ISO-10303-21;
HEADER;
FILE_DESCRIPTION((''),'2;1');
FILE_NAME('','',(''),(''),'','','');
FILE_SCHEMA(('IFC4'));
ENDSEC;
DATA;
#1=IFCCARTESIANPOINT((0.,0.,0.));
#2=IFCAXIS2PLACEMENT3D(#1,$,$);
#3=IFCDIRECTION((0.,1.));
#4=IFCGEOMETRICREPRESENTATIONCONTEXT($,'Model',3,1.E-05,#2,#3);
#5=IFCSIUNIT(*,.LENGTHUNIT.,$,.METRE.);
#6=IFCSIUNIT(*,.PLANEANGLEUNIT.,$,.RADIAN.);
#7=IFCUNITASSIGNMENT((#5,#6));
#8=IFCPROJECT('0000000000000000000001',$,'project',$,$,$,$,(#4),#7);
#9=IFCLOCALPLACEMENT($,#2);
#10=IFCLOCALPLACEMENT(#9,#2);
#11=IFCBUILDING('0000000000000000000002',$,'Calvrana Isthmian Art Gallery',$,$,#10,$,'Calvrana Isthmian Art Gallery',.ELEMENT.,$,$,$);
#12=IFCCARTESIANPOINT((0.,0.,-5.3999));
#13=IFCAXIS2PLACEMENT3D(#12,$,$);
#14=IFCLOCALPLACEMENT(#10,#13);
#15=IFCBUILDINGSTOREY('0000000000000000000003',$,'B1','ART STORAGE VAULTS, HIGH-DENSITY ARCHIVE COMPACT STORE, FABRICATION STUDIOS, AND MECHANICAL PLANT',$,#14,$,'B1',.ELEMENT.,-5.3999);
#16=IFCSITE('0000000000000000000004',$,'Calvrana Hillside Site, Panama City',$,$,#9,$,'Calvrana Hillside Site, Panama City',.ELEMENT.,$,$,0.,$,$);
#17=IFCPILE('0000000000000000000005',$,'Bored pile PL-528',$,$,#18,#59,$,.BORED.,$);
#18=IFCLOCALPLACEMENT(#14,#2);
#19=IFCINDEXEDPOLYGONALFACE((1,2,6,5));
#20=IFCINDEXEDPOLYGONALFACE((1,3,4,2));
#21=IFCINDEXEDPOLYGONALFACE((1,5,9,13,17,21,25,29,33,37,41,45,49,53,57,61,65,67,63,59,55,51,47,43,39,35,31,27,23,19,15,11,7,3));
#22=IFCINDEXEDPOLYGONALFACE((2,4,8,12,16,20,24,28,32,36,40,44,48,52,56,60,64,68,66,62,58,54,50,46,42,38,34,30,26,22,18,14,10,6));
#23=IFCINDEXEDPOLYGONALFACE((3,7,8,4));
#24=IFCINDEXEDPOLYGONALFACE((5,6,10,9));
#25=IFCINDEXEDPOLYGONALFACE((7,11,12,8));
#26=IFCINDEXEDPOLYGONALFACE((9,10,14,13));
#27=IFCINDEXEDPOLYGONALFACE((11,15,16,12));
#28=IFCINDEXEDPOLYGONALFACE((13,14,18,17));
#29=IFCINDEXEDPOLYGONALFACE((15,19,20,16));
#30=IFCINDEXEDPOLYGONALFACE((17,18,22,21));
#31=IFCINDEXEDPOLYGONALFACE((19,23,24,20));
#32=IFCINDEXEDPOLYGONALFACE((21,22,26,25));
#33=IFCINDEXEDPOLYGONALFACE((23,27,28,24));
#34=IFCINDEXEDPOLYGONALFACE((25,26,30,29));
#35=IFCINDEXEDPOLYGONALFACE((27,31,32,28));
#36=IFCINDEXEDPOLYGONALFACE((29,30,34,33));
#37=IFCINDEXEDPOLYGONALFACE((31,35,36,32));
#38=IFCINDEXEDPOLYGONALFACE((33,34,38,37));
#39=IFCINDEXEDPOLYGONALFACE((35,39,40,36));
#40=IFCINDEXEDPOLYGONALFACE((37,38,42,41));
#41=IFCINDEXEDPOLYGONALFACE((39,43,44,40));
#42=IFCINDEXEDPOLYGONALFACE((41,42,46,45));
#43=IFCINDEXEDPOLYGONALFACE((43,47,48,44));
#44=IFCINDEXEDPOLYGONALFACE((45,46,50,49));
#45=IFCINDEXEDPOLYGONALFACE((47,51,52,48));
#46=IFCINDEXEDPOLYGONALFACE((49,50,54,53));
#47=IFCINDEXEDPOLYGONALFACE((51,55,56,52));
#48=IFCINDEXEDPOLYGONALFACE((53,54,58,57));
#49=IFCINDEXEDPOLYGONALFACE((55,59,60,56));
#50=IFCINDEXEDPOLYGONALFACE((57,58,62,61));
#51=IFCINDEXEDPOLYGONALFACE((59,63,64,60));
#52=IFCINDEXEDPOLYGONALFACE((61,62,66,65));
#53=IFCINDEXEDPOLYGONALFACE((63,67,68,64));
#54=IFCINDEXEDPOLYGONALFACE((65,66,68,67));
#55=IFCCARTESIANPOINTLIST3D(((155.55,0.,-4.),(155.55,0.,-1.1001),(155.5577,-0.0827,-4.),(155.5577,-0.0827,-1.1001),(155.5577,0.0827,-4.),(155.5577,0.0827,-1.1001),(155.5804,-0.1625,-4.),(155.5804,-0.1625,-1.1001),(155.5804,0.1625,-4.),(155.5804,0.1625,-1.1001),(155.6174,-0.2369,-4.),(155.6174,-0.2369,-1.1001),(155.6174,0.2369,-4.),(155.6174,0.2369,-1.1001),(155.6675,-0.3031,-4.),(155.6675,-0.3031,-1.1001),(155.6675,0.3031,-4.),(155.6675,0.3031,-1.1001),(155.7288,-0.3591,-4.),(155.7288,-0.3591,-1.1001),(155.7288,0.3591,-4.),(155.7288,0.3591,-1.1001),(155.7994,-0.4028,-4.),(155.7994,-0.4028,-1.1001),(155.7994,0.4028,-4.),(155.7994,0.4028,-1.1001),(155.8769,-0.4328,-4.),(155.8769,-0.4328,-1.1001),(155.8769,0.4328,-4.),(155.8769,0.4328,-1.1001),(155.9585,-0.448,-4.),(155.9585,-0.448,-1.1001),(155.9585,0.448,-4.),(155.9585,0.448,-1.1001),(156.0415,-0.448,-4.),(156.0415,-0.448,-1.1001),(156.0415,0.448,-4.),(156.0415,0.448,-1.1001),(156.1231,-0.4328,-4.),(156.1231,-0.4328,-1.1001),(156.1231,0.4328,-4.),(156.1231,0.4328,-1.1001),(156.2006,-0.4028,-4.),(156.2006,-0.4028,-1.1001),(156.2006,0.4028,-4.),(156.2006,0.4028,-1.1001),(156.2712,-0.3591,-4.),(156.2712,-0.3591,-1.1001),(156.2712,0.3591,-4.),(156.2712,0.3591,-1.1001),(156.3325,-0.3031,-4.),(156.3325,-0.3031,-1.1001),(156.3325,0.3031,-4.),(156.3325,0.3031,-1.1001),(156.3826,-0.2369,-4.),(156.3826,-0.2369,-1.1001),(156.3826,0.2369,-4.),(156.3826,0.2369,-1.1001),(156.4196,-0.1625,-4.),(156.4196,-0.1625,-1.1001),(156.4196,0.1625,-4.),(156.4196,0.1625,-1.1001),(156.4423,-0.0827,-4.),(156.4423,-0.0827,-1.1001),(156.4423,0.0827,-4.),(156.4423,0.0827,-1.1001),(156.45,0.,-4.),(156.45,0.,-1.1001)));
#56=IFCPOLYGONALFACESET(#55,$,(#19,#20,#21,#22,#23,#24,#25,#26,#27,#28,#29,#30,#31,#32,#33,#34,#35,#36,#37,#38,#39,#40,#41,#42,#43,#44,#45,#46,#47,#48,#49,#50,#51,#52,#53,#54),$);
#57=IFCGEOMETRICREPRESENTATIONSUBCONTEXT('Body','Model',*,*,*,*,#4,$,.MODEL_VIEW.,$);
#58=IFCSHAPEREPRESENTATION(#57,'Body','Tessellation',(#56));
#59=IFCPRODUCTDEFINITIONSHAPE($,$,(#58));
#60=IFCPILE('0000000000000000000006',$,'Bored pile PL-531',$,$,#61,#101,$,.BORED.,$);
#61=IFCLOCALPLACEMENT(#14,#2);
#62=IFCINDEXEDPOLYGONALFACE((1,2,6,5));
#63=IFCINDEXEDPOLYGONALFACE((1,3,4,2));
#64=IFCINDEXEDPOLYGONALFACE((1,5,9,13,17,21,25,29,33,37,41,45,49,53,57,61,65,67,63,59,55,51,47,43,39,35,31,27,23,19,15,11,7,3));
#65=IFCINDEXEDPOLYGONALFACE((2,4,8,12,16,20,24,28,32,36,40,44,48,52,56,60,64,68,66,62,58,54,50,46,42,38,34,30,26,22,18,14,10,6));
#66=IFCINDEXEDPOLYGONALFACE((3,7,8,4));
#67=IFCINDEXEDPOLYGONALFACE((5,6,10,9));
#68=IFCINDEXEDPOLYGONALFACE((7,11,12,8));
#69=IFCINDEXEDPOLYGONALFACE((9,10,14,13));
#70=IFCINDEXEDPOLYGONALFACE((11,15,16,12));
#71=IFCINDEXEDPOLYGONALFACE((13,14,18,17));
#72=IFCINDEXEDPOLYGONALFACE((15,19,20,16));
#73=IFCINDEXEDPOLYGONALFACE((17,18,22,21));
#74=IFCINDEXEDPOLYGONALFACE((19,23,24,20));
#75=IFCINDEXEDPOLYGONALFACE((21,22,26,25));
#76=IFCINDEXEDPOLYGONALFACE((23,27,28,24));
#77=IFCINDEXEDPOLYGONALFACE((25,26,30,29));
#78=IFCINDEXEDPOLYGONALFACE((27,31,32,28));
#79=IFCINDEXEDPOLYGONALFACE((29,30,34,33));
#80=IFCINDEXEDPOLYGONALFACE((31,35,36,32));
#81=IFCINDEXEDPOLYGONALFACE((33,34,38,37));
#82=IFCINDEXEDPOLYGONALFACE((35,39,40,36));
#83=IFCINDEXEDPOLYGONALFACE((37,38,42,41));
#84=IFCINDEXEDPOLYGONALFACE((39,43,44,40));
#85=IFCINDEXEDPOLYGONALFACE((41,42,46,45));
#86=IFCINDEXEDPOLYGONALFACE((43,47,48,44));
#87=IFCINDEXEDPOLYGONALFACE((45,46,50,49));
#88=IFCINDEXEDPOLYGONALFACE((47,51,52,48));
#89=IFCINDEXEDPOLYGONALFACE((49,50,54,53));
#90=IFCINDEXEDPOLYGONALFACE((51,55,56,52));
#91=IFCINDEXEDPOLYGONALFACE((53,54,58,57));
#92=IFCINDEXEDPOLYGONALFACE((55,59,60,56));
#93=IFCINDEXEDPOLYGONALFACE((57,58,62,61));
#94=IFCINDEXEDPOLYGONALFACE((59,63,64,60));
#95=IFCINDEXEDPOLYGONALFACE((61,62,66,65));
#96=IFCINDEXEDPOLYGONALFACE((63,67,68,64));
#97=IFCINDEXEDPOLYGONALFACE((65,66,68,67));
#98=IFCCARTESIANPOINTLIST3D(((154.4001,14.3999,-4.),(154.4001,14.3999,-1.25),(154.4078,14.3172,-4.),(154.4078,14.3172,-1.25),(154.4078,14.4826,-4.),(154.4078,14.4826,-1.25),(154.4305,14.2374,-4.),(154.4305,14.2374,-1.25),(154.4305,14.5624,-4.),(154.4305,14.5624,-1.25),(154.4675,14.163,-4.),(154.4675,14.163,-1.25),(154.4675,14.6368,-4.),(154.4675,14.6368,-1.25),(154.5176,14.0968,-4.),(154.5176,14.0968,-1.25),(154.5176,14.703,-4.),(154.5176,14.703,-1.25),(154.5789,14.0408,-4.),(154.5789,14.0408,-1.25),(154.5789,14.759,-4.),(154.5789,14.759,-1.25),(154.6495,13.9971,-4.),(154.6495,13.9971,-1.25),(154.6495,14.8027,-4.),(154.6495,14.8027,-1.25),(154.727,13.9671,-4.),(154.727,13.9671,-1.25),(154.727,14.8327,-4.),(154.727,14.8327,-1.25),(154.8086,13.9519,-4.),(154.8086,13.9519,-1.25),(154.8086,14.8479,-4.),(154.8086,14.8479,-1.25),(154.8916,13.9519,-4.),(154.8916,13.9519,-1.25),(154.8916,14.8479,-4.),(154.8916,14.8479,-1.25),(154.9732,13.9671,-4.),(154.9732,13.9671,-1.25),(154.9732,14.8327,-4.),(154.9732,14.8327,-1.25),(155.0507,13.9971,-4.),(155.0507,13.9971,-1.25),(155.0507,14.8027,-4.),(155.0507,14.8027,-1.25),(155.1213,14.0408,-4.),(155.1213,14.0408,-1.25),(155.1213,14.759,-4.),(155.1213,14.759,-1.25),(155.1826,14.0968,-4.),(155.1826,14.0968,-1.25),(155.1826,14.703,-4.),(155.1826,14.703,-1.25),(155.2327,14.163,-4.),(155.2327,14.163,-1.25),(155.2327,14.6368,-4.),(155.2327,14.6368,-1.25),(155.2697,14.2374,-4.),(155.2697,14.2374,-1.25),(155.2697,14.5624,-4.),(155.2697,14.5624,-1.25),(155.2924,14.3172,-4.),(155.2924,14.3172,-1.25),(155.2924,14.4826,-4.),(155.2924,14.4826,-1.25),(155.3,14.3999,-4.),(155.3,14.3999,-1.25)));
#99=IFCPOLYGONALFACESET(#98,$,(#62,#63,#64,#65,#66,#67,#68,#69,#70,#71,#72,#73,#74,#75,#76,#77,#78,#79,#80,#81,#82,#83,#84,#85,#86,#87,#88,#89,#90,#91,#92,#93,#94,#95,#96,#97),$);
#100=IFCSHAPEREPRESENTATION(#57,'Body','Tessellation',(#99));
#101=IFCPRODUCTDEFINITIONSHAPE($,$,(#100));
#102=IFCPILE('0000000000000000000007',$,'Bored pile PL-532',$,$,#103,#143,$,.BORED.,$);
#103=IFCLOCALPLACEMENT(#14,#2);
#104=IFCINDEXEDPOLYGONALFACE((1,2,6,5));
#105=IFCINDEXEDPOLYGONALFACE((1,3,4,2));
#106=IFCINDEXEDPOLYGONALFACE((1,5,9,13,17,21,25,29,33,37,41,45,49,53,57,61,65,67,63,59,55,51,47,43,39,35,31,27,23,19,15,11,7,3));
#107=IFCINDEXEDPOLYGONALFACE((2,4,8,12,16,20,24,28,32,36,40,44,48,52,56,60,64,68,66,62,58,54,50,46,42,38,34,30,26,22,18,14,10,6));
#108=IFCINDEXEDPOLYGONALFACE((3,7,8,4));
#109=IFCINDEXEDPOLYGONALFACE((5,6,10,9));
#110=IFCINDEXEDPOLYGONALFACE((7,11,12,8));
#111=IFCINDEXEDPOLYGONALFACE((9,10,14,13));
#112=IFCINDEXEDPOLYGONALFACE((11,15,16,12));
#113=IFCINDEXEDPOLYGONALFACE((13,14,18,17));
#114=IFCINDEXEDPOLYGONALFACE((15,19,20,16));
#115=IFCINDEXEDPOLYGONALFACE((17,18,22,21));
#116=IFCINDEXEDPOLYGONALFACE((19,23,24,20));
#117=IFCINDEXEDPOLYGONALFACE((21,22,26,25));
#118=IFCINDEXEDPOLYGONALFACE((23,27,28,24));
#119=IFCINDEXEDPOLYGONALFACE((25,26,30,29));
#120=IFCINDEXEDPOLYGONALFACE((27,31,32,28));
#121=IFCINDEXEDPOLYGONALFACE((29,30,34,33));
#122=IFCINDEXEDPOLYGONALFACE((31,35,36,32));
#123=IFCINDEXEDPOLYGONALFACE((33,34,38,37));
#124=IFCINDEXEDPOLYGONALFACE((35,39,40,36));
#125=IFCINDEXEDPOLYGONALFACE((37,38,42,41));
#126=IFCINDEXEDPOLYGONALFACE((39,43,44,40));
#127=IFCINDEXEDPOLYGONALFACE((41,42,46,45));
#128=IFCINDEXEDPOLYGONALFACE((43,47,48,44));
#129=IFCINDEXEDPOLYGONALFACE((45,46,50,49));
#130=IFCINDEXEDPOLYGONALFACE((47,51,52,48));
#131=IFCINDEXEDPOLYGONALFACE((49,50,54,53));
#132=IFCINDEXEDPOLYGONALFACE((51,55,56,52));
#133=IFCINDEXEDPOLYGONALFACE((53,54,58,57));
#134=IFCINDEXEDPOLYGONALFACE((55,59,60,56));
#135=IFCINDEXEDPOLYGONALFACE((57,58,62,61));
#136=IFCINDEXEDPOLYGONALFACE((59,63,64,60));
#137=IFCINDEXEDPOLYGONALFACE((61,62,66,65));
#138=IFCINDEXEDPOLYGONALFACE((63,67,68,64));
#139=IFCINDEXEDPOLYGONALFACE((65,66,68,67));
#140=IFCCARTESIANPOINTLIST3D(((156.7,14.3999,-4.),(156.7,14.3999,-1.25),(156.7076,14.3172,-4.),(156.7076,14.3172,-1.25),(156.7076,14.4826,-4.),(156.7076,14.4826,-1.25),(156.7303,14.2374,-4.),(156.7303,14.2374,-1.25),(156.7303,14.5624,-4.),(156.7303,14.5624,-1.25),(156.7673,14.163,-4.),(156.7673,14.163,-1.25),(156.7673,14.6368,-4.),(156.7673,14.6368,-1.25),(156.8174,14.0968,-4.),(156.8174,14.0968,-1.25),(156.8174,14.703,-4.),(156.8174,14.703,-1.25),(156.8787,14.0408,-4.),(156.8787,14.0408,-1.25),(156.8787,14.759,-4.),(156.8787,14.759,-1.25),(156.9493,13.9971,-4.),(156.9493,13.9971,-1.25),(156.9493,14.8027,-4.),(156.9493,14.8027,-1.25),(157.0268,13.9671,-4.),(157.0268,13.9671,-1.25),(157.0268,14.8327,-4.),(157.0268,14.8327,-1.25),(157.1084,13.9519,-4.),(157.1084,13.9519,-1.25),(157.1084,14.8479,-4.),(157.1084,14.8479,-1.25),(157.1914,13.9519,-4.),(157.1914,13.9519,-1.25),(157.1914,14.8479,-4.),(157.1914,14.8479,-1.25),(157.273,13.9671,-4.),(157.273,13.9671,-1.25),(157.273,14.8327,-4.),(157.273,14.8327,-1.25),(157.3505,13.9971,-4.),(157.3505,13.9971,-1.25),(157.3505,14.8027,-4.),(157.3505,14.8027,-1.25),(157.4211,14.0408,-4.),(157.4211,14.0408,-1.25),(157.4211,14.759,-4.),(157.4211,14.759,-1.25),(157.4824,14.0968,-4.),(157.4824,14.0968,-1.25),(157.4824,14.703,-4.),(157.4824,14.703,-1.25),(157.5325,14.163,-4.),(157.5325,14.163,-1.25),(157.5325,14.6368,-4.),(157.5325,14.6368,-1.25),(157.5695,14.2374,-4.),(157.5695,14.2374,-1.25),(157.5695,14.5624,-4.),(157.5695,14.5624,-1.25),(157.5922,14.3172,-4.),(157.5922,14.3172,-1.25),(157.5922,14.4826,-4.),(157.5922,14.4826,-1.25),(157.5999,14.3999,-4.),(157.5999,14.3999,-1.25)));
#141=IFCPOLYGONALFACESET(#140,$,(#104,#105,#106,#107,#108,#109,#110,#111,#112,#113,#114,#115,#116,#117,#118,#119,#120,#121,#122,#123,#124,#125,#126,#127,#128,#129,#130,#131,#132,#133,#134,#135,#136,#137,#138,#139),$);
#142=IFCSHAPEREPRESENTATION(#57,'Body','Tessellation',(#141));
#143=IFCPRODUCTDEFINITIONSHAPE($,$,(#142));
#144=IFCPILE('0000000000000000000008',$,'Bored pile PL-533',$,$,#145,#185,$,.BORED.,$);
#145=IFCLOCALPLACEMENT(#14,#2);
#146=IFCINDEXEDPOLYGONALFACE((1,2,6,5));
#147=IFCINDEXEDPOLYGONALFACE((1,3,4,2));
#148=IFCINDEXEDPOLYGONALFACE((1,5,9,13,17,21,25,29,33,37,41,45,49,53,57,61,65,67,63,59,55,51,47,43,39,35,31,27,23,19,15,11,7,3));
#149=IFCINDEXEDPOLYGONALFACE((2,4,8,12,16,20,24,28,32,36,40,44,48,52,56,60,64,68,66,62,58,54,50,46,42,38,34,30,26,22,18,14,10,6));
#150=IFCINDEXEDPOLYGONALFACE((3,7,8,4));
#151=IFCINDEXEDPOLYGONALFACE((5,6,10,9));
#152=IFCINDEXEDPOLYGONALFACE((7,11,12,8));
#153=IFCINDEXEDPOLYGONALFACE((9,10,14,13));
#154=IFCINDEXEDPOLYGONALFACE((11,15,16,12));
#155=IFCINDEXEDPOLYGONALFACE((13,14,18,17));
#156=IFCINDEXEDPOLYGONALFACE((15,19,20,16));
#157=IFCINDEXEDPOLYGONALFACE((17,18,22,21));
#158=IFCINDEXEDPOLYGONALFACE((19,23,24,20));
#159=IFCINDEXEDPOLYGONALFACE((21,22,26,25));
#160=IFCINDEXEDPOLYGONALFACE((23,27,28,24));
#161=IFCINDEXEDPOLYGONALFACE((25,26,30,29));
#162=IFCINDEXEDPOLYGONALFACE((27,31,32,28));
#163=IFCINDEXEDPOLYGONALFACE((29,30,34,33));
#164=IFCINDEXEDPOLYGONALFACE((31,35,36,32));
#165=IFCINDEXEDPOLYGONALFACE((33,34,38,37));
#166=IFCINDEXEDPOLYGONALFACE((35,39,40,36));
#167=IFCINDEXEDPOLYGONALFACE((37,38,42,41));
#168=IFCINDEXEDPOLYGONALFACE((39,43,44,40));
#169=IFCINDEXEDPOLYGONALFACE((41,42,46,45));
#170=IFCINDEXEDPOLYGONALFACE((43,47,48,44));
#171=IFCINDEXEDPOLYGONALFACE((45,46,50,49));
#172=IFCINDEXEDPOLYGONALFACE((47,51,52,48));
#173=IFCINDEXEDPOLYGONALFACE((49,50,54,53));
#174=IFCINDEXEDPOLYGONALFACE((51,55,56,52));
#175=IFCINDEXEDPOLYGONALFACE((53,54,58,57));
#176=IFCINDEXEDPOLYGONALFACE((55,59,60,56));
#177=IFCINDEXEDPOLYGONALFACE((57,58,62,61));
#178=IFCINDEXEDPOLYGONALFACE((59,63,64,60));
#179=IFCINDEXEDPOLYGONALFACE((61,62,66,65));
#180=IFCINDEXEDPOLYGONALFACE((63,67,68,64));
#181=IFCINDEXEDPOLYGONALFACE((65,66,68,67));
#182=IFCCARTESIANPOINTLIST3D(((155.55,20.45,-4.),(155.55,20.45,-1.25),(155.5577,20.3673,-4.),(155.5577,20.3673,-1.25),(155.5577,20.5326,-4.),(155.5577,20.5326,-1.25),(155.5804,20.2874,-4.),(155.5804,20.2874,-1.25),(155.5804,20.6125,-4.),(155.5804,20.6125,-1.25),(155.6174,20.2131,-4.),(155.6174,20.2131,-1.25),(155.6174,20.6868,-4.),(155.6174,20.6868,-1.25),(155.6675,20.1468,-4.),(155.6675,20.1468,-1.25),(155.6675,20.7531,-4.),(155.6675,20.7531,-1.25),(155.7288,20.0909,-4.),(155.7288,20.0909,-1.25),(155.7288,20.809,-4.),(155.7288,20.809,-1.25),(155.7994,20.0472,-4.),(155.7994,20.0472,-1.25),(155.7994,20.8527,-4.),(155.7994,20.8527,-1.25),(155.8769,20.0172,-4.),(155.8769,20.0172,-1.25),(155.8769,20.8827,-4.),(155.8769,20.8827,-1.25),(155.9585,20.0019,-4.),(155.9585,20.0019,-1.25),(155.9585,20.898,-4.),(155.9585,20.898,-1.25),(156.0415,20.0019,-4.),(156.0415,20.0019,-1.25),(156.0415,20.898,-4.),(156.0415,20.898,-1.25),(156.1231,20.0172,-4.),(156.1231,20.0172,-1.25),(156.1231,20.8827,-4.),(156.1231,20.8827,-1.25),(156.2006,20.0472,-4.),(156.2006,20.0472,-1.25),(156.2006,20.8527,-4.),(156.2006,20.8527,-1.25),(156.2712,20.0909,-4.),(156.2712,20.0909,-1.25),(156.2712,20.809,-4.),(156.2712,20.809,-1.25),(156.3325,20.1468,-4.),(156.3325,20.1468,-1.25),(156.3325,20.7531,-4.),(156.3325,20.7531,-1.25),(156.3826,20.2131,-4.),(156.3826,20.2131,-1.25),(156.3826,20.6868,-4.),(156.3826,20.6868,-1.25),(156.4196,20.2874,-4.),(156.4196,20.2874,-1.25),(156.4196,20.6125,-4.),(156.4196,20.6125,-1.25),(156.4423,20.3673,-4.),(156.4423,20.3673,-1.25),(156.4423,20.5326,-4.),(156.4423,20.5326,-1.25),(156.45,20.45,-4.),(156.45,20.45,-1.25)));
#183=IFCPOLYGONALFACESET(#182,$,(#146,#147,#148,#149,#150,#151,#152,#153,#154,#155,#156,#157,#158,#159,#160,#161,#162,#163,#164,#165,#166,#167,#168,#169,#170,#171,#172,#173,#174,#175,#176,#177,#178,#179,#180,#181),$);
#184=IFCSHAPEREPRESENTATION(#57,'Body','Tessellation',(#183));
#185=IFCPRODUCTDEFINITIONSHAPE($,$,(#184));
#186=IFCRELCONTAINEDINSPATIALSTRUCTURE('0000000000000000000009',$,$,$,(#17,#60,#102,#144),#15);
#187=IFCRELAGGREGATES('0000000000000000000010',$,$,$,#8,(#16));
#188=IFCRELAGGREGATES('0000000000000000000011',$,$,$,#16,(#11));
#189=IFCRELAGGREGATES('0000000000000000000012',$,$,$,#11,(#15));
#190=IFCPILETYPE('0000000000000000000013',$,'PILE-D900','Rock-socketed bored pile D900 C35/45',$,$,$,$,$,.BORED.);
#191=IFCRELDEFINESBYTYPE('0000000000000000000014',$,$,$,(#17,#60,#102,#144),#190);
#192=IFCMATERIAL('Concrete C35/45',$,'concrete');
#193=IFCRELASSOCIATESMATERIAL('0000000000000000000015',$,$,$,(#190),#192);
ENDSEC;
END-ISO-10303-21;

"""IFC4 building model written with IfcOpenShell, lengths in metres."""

from ifc_helpers import new_model, si_unit, direction, frame, origin, origin_2d, place, context, subcontext, project, spatial, circle, extrude, material, material_profile, profile_set, type_object, element, save


model = new_model("IFC4")

# Units and contexts
model_context = context("Model", 3, precision=1e-05, world=origin(), true_north=direction((0.0, 1.0)))
body_context = subcontext(model_context, "Body", "Model", "MODEL_VIEW")
ifc_project = project(units=[si_unit("LENGTHUNIT", "METRE"), si_unit("PLANEANGLEUNIT", "RADIAN")], contexts=[model_context])

# Site, building, storey
site_placement = place(None, origin())
site = spatial("IfcSite", under=ifc_project, at=site_placement, Name="Calvrana Hillside Site, Panama City", LongName="Calvrana Hillside Site, Panama City", CompositionType="ELEMENT", RefElevation=0.0)
building_placement = place(site_placement, origin())
building = spatial("IfcBuilding", under=site, at=building_placement, Name="Calvrana Isthmian Art Gallery", LongName="Calvrana Isthmian Art Gallery", CompositionType="ELEMENT")
storey_placement = place(building_placement, frame((0.0, 0.0, -5.3999)))
storey = spatial("IfcBuildingStorey", under=building, at=storey_placement, Name="B1", Description="ART STORAGE VAULTS, HIGH-DENSITY ARCHIVE COMPACT STORE, FABRICATION STUDIOS, AND MECHANICAL PLANT", LongName="B1", CompositionType="ELEMENT", Elevation=-5.3999)

# Shared definitions
ifc_material_1 = material(Name="Concrete C35/45", Category="concrete")

# Piles
ifc_material_profile_1 = material_profile(ifc_material_1, circle(Radius=0.45, at=origin_2d()), Name="PILE900D")
ifc_profile_set_1 = profile_set([ifc_material_profile_1], Name="Concrete C35/45")
pile_type_1 = type_object("IfcPileType", Name="PILE-D900", Description="Rock-socketed bored pile D900 C35/45", PredefinedType="BORED", material=ifc_profile_set_1)
pile_placement = place(storey_placement, frame((156.0, 0.0, -1.1001), z_axis=(0.0, 0.0, -1.0), x_axis=(1.0, 0.0, 0.0)))
element("IfcPile", 1, at=pile_placement, inside=storey, type_object=pile_type_1, Name="Bored pile PL-528", PredefinedType="BORED", context=body_context, shape_type="SweptSolid", body=[
    extrude(circle(Radius=0.45, at=origin_2d()), origin(), (0.0, 0.0, 1.0), 2.8999),
])
for number, where, z_axis, x_axis, name in (
    (2, (154.8501, 14.3999, -1.25), (0.0, 0.0, -1.0), (1.0, 0.0, 0.0), "Bored pile PL-531"),
    (3, (157.1499, 14.3999, -1.25), (0.0, 0.0, -1.0), (1.0, 0.0, 0.0), "Bored pile PL-532"),
    (4, (156.0, 20.45, -1.25), (0.0, 0.0, -1.0), (1.0, 0.0, 0.0), "Bored pile PL-533"),
):
    element("IfcPile", number, at=place(storey_placement, frame(where, z_axis=z_axis, x_axis=x_axis)), inside=storey, type_object=pile_type_1, Name=name, PredefinedType="BORED", context=body_context, shape_type="SweptSolid", body=[
        extrude(circle(Radius=0.45, at=origin_2d()), origin(), (0.0, 0.0, 1.0), 2.75),
    ])

save(model, "model.ifc")
